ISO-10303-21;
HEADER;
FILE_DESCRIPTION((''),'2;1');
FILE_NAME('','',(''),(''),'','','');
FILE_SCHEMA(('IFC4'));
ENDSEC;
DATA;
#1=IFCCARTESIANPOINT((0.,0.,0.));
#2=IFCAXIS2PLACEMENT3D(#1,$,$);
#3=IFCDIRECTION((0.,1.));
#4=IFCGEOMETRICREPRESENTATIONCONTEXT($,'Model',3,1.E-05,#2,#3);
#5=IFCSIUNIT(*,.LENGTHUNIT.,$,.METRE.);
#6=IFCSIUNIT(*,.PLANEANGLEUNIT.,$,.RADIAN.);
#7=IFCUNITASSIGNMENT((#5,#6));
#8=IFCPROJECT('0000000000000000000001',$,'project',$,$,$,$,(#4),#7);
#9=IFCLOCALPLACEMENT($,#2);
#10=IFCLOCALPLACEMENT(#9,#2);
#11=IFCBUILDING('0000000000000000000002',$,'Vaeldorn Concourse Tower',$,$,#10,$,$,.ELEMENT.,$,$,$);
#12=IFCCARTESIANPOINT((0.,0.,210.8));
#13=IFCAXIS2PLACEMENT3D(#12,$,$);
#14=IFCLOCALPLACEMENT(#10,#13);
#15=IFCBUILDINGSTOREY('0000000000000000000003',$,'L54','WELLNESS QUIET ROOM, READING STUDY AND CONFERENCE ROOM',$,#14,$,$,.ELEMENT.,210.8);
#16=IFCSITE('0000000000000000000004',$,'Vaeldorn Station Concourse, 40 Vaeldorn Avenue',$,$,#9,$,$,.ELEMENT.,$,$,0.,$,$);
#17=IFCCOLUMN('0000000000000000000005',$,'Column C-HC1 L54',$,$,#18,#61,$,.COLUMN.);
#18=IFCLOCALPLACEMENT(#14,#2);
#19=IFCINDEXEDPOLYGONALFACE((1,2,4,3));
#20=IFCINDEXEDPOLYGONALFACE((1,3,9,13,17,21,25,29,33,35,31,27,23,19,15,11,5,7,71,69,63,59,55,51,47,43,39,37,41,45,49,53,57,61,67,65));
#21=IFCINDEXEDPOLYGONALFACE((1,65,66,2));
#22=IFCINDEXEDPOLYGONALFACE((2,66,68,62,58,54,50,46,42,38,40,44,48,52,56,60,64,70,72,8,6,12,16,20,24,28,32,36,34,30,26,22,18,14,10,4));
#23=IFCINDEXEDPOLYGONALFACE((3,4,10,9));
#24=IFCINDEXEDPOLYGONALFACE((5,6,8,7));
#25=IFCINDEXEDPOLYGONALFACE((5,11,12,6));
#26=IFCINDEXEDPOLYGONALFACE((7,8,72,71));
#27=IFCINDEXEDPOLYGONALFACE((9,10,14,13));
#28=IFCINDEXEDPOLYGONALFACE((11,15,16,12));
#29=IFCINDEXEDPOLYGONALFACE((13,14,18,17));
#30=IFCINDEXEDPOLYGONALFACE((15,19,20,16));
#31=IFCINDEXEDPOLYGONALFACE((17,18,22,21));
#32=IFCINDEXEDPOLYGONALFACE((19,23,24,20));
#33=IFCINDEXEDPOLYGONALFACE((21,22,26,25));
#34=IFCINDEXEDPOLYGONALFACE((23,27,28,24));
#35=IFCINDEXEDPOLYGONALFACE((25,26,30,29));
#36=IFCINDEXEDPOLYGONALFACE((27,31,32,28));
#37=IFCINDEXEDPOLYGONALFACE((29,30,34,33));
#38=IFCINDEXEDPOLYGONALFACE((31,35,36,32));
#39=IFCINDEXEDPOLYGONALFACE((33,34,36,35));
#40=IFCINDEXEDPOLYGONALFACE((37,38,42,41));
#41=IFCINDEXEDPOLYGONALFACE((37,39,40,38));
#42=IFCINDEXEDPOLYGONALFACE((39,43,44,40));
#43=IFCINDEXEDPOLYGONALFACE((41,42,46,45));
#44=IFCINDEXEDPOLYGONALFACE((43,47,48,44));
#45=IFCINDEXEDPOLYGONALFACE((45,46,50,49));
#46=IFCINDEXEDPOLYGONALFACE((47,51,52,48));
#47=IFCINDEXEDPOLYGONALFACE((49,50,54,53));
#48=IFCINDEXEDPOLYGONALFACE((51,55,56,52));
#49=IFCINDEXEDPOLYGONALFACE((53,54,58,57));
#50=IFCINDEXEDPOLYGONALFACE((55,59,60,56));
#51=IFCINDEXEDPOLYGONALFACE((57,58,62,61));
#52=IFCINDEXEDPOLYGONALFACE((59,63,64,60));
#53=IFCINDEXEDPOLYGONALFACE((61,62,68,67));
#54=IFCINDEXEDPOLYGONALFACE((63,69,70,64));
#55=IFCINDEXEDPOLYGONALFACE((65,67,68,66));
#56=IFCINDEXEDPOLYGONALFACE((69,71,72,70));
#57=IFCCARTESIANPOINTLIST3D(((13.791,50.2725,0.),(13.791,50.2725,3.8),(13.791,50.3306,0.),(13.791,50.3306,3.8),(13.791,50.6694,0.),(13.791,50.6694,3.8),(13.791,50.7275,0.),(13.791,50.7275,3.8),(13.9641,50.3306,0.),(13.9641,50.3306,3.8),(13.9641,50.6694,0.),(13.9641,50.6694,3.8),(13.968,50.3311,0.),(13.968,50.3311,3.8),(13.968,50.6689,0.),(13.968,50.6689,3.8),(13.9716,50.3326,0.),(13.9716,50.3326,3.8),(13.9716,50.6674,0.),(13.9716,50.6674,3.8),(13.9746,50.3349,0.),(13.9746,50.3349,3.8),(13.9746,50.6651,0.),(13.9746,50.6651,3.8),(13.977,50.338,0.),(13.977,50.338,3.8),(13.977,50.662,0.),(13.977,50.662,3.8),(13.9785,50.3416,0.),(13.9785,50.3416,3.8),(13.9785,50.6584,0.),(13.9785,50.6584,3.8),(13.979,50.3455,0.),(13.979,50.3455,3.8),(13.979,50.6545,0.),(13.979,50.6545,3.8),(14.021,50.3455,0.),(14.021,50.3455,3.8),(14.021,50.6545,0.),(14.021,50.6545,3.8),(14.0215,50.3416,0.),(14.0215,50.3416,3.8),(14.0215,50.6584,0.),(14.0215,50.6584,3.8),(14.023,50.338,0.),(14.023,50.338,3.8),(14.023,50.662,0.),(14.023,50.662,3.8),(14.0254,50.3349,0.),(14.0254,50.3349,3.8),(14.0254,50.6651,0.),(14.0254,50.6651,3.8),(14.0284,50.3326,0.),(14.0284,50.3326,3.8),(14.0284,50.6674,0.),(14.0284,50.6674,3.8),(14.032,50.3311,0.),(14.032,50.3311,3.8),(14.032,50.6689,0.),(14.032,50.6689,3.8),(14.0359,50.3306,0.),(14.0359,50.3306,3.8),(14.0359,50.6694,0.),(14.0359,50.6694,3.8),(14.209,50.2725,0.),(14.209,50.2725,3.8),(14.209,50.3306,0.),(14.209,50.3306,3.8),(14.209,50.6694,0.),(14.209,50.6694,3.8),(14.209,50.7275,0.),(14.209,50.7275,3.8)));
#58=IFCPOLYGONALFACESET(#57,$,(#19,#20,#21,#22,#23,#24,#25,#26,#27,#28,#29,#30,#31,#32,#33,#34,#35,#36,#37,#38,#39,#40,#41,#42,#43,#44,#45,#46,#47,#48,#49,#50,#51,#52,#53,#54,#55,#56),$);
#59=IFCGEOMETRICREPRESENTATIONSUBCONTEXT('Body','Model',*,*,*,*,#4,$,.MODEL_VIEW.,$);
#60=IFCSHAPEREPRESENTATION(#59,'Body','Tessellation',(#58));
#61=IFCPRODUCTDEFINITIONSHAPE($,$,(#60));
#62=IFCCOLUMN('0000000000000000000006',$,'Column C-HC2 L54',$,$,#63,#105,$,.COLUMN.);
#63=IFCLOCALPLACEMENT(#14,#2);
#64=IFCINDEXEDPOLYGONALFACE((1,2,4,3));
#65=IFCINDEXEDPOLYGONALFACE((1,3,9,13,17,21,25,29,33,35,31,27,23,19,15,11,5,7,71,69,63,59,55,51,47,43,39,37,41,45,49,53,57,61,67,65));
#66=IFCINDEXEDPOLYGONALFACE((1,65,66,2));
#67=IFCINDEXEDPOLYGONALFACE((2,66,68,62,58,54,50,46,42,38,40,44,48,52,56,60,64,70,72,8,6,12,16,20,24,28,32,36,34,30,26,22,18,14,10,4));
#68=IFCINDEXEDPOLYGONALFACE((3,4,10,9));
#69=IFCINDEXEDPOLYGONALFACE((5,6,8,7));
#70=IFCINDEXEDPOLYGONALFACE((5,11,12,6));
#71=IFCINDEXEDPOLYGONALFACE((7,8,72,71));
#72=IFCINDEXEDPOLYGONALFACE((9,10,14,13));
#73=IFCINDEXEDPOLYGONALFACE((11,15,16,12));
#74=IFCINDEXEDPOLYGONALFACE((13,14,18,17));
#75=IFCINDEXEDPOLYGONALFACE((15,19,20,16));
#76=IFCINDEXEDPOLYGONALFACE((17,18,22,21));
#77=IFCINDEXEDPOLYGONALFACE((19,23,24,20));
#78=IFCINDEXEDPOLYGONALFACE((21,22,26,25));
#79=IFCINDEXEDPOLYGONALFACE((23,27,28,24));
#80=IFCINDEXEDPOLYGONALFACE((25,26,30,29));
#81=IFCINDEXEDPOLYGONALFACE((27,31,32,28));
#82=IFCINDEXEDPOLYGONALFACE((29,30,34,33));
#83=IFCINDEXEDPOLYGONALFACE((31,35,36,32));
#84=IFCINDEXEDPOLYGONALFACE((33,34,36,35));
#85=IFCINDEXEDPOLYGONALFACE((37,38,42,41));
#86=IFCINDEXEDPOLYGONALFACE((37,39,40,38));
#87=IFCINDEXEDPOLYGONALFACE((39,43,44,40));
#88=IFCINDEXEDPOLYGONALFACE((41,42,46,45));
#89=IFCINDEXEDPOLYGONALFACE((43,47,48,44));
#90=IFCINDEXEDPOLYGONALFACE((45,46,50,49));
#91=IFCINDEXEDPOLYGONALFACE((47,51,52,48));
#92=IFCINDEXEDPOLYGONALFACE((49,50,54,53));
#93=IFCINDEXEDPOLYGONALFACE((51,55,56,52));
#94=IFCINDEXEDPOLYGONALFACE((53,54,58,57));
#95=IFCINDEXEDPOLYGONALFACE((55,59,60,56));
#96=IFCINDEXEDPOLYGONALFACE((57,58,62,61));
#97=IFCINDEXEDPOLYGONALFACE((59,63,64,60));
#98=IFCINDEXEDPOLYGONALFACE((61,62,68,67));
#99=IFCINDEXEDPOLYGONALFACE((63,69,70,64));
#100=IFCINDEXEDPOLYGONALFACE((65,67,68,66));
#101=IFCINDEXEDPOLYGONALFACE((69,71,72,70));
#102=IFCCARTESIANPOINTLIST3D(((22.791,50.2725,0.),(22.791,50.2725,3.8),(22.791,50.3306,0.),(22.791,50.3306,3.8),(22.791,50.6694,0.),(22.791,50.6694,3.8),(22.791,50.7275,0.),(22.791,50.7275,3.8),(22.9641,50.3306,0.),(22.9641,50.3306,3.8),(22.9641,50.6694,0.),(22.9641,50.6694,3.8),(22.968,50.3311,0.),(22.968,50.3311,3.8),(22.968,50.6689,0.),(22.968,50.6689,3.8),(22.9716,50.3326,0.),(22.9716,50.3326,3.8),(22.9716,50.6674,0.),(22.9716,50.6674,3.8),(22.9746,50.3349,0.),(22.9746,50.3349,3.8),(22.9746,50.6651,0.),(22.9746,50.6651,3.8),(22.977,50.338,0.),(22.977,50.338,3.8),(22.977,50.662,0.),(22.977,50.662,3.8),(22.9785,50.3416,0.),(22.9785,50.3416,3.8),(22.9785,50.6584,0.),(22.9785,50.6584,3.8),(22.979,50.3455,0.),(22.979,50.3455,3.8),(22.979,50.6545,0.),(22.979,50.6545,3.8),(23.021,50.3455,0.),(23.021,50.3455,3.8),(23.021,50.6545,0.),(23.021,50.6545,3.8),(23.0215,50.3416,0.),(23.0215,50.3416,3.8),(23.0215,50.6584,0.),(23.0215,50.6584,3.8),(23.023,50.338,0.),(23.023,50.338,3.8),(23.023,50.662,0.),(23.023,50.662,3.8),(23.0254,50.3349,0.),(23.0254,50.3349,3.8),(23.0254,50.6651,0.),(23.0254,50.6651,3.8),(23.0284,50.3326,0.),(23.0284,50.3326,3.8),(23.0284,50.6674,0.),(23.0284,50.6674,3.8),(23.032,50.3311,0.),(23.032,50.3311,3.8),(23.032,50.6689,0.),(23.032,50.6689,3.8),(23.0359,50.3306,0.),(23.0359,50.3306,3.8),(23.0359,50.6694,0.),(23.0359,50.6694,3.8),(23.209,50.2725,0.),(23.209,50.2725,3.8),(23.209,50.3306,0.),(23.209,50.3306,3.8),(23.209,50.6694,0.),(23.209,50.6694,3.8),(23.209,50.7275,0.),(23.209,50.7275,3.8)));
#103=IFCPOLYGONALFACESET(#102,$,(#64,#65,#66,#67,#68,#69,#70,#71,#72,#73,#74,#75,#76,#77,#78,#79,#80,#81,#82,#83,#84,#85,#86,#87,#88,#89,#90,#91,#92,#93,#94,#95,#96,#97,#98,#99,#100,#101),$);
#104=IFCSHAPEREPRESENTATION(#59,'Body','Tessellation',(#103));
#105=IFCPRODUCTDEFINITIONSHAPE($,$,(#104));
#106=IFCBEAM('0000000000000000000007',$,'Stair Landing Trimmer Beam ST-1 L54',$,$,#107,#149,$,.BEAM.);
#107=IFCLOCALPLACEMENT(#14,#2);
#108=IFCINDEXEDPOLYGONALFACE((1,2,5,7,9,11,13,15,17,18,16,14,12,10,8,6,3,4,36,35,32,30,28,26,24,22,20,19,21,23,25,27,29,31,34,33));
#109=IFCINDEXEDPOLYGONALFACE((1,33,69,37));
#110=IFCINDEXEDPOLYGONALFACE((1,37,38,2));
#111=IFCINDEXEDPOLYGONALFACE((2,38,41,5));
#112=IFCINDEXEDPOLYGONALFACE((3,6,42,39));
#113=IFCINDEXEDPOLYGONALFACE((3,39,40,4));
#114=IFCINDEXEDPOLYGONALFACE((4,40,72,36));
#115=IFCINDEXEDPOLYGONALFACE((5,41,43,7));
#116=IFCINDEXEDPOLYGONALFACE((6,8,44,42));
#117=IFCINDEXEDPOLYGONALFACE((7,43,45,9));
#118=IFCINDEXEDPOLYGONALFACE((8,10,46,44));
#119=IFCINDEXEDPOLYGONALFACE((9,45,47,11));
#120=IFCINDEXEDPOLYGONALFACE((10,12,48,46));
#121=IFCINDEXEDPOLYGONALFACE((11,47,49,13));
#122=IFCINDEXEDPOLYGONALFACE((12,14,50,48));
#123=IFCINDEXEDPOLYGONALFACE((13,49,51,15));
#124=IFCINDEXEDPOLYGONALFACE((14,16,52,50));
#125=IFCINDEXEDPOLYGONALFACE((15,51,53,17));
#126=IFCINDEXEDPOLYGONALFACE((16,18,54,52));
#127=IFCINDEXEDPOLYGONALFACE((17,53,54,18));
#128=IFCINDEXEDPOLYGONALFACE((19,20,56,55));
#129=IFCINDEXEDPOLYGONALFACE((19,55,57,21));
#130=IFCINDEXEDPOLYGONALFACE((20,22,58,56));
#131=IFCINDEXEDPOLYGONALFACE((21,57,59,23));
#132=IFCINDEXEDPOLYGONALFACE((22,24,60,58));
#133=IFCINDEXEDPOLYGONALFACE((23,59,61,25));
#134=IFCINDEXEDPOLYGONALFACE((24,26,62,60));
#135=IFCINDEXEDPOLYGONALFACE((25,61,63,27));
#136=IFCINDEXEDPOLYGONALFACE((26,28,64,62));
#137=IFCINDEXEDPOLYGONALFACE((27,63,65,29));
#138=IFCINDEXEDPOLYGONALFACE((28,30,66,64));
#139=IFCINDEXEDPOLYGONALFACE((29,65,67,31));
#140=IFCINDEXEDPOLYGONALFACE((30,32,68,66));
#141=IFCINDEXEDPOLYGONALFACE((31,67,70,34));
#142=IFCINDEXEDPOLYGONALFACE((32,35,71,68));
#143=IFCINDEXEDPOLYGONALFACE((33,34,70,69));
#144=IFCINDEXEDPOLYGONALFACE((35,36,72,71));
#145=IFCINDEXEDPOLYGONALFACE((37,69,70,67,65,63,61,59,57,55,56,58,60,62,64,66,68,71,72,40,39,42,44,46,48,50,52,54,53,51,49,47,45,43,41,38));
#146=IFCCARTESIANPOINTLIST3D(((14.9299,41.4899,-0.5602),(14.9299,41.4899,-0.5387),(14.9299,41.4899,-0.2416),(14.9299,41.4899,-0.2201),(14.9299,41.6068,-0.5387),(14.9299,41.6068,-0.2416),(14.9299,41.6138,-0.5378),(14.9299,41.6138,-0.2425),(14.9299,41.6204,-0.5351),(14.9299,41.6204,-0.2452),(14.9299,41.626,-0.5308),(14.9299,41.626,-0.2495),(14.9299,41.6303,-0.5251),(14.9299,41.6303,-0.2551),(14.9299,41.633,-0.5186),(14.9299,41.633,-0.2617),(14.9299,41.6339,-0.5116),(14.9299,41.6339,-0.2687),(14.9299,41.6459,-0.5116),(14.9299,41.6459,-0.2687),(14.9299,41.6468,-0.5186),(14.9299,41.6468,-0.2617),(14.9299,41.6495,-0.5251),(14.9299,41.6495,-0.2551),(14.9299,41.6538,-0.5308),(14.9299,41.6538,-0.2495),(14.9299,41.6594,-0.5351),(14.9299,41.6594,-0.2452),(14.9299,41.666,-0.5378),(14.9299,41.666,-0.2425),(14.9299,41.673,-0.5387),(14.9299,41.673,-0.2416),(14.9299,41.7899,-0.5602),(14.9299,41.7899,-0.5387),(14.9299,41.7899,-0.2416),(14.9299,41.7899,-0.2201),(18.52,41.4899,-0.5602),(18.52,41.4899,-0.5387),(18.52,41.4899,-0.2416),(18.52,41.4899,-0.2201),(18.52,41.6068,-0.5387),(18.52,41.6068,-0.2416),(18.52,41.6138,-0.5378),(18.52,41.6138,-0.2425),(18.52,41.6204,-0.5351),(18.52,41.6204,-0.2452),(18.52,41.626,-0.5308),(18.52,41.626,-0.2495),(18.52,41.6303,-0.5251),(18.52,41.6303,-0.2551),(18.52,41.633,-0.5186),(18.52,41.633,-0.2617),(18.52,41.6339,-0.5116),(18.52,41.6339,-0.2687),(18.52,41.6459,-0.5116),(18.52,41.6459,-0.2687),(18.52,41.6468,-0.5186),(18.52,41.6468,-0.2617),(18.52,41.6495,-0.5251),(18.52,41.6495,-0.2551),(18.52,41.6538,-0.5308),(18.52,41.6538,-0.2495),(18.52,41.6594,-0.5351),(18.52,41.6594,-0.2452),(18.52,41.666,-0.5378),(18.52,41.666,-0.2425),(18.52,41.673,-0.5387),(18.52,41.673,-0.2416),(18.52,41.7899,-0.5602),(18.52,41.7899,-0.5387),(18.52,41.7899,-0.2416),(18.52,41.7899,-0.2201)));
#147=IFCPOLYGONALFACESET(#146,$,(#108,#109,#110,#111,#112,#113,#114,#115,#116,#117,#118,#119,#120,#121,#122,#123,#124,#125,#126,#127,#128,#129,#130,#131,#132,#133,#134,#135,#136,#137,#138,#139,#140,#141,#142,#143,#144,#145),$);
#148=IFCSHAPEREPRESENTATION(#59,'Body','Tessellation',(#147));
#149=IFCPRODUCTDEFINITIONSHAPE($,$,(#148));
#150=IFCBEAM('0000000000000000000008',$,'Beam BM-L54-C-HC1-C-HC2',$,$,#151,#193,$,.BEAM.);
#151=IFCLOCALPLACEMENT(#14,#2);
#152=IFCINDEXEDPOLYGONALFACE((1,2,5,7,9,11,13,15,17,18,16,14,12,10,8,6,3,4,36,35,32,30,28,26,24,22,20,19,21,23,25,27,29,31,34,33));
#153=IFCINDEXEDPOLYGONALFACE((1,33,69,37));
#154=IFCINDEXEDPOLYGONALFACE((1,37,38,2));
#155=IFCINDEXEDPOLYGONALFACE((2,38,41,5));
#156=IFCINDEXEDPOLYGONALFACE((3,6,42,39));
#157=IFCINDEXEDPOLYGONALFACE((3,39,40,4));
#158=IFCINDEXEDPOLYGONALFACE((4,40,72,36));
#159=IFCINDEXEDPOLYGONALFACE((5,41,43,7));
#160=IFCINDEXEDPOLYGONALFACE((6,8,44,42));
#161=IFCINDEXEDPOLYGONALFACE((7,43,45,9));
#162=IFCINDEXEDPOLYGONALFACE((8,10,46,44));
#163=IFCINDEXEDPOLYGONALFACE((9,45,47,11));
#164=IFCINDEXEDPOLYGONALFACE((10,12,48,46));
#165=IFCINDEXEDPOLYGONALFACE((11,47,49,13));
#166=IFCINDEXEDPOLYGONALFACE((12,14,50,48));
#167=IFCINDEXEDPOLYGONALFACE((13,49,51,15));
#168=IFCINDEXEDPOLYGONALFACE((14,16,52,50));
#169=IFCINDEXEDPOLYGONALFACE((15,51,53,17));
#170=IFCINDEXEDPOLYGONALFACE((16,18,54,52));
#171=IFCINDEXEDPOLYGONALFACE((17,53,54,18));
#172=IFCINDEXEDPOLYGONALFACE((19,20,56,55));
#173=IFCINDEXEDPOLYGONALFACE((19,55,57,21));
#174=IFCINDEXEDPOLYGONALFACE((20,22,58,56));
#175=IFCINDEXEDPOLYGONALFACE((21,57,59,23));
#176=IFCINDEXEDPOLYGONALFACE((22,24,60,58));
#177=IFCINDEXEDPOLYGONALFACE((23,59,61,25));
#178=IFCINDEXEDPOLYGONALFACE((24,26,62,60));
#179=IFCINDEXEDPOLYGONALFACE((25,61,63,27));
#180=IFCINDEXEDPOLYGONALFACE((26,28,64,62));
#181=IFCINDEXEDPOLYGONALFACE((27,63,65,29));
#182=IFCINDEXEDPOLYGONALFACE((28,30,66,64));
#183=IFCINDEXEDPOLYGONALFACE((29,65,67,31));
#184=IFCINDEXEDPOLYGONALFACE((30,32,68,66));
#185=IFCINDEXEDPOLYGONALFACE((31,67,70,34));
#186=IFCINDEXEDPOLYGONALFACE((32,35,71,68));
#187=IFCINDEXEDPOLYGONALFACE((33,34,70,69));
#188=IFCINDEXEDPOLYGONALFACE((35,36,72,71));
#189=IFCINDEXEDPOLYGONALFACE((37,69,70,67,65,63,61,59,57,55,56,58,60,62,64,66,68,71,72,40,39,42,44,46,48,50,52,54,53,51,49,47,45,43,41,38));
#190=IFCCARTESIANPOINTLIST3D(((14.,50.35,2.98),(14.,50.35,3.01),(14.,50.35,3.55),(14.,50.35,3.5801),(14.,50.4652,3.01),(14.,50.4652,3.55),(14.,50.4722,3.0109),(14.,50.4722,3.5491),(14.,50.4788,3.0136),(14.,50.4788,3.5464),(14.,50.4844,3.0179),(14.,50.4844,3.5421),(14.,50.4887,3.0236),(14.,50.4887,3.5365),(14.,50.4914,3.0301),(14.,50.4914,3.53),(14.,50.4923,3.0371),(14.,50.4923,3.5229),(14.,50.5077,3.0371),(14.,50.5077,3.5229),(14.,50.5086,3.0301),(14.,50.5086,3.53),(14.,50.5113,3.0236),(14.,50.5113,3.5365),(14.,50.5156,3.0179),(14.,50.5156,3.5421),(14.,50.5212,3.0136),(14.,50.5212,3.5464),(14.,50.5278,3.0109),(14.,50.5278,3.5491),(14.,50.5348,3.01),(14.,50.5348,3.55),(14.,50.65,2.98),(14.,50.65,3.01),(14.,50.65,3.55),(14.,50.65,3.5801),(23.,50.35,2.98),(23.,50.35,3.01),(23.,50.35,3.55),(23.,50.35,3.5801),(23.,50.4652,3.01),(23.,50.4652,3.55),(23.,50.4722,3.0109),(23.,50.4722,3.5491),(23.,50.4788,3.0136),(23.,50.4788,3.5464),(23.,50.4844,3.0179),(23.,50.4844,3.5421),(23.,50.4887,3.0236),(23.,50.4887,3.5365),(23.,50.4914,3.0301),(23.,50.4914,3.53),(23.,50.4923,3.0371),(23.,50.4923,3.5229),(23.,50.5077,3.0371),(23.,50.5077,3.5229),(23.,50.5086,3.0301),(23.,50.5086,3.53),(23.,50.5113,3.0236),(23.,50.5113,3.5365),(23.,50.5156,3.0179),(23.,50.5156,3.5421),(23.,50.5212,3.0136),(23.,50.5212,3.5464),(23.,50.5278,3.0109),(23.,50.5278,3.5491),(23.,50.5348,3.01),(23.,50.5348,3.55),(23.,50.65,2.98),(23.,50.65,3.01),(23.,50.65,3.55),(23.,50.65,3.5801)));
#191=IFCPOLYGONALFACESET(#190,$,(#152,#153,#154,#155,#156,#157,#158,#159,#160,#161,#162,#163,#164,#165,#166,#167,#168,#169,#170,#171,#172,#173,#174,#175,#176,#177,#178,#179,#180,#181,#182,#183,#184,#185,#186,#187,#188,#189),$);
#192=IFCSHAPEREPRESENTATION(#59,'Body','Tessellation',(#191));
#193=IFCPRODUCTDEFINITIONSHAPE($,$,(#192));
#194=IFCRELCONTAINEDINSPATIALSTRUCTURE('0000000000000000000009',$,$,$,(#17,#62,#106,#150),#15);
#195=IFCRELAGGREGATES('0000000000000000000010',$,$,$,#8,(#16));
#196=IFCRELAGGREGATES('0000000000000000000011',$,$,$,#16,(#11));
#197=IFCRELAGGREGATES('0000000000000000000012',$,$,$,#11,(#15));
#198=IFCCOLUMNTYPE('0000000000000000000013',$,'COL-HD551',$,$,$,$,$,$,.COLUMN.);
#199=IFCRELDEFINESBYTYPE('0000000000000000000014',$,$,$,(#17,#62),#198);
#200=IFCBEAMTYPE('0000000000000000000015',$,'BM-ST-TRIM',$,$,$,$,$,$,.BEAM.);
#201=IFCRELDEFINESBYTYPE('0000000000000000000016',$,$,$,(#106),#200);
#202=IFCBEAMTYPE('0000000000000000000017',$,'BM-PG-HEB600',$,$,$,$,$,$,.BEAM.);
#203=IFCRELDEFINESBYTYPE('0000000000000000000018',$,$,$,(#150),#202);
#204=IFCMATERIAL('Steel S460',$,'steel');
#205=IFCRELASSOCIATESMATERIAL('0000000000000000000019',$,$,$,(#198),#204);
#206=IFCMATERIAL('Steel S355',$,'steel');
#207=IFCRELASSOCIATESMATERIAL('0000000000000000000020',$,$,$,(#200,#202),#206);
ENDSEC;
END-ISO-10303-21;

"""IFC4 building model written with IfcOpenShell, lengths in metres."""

from ifc_helpers import new_model, si_unit, direction, frame, origin, origin_2d, place, context, subcontext, project, spatial, i_section, extrude, source, transform, mapped, material, material_profile, profile_set, type_object, element, save


model = new_model("IFC4")

# Units and contexts
model_context = context("Model", 3, precision=1e-05, world=origin(), true_north=direction((0.0, 1.0)))
body_context = subcontext(model_context, "Body", "Model", "MODEL_VIEW")
ifc_project = project(units=[si_unit("LENGTHUNIT", "METRE"), si_unit("PLANEANGLEUNIT", "RADIAN")], contexts=[model_context])

# Site, building, storey
site_placement = place(None, origin())
site = spatial("IfcSite", under=ifc_project, at=site_placement, Name="Vaeldorn Station Concourse, 40 Vaeldorn Avenue", CompositionType="ELEMENT", RefElevation=0.0)
building_placement = place(site_placement, origin())
building = spatial("IfcBuilding", under=site, at=building_placement, Name="Vaeldorn Concourse Tower", CompositionType="ELEMENT")
storey_placement = place(building_placement, frame((0.0, 0.0, 210.8)))
storey = spatial("IfcBuildingStorey", under=building, at=storey_placement, Name="L54", Description="WELLNESS QUIET ROOM, READING STUDY AND CONFERENCE ROOM", CompositionType="ELEMENT", Elevation=210.8)

# Columns
ifc_material_1 = material(Name="Steel S460", Category="steel")
ifc_material_profile_1 = material_profile(ifc_material_1, i_section(OverallWidth=0.418, OverallDepth=0.4551, WebThickness=0.042, FlangeThickness=0.0581, FilletRadius=0.0149, at=origin_2d()), Name="HD 400x551")
ifc_profile_set_1 = profile_set([ifc_material_profile_1], Name="Steel S460")
column_type = type_object("IfcColumnType", Name="COL-HD551", PredefinedType="COLUMN", material=ifc_profile_set_1)
shared_shape_1 = source(origin(), body_context, "Body", "SweptSolid", [
    extrude(i_section(OverallWidth=0.418, OverallDepth=0.4551, WebThickness=0.042, FlangeThickness=0.0581, FilletRadius=0.0149, at=origin_2d()), origin(), (0.0, 0.0, 1.0), 3.8),
])
for number, where, z_axis, x_axis, name in (
    (1, (14.0, 50.5, 0.0), (0.0, 0.0, 1.0), (1.0, 0.0, 0.0), "Column C-HC1 L54"),
    (2, (23.0, 50.5, 0.0), (0.0, 0.0, 1.0), (1.0, 0.0, 0.0), "Column C-HC2 L54"),
):
    element("IfcColumn", number, at=place(storey_placement, frame(where, z_axis=z_axis, x_axis=x_axis)), inside=storey, type_object=column_type, Name=name, PredefinedType="COLUMN", context=body_context, shape_type="MappedRepresentation", body=[
        mapped(shared_shape_1, transform((0.0, 0.0, 0.0), scale=1.0)),
    ])

# Beams
ifc_material_2 = material(Name="Steel S355", Category="steel")
ifc_material_profile_2 = material_profile(ifc_material_2, i_section(OverallWidth=0.3, OverallDepth=0.3401, WebThickness=0.012, FlangeThickness=0.0215, FilletRadius=0.0271, at=origin_2d()), Name="HEB 340")
ifc_profile_set_2 = profile_set([ifc_material_profile_2], Name="Steel S355")
beam_type_1 = type_object("IfcBeamType", Name="BM-ST-TRIM", PredefinedType="BEAM", material=ifc_profile_set_2)
shared_shape_2 = source(origin(), body_context, "Body", "SweptSolid", [
    extrude(i_section(OverallWidth=0.3, OverallDepth=0.3401, WebThickness=0.012, FlangeThickness=0.0215, FilletRadius=0.0271, at=origin_2d()), origin(), (0.0, 0.0, 1.0), 3.5901),
])
beam_1_placement = place(storey_placement, frame((14.9299, 41.6399, -0.3901), z_axis=(1.0, 0.0, 0.0), x_axis=(0.0, 1.0, 0.0)))
element("IfcBeam", 3, at=beam_1_placement, inside=storey, type_object=beam_type_1, Name="Stair Landing Trimmer Beam ST-1 L54", PredefinedType="BEAM", context=body_context, shape_type="MappedRepresentation", body=[
    mapped(shared_shape_2, transform((0.0, 0.0, 0.0), scale=1.0)),
])
ifc_material_profile_3 = material_profile(ifc_material_2, i_section(OverallWidth=0.3, OverallDepth=0.6001, WebThickness=0.0154, FlangeThickness=0.03, FilletRadius=0.0271, at=origin_2d()), Name="HEB 600")
ifc_profile_set_3 = profile_set([ifc_material_profile_3], Name="Steel S355")
beam_type_2 = type_object("IfcBeamType", Name="BM-PG-HEB600", PredefinedType="BEAM", material=ifc_profile_set_3)
shared_shape_3 = source(origin(), body_context, "Body", "SweptSolid", [
    extrude(i_section(OverallWidth=0.3, OverallDepth=0.6001, WebThickness=0.0154, FlangeThickness=0.03, FilletRadius=0.0271, at=origin_2d()), origin(), (0.0, 0.0, 1.0), 9.0),
])
beam_2_placement = place(storey_placement, frame((14.0, 50.5, 3.28), z_axis=(1.0, 0.0, 0.0), x_axis=(0.0, 1.0, 0.0)))
element("IfcBeam", 4, at=beam_2_placement, inside=storey, type_object=beam_type_2, Name="Beam BM-L54-C-HC1-C-HC2", PredefinedType="BEAM", context=body_context, shape_type="MappedRepresentation", body=[
    mapped(shared_shape_3, transform((0.0, 0.0, 0.0), scale=1.0)),
])

save(model, "model.ifc")
